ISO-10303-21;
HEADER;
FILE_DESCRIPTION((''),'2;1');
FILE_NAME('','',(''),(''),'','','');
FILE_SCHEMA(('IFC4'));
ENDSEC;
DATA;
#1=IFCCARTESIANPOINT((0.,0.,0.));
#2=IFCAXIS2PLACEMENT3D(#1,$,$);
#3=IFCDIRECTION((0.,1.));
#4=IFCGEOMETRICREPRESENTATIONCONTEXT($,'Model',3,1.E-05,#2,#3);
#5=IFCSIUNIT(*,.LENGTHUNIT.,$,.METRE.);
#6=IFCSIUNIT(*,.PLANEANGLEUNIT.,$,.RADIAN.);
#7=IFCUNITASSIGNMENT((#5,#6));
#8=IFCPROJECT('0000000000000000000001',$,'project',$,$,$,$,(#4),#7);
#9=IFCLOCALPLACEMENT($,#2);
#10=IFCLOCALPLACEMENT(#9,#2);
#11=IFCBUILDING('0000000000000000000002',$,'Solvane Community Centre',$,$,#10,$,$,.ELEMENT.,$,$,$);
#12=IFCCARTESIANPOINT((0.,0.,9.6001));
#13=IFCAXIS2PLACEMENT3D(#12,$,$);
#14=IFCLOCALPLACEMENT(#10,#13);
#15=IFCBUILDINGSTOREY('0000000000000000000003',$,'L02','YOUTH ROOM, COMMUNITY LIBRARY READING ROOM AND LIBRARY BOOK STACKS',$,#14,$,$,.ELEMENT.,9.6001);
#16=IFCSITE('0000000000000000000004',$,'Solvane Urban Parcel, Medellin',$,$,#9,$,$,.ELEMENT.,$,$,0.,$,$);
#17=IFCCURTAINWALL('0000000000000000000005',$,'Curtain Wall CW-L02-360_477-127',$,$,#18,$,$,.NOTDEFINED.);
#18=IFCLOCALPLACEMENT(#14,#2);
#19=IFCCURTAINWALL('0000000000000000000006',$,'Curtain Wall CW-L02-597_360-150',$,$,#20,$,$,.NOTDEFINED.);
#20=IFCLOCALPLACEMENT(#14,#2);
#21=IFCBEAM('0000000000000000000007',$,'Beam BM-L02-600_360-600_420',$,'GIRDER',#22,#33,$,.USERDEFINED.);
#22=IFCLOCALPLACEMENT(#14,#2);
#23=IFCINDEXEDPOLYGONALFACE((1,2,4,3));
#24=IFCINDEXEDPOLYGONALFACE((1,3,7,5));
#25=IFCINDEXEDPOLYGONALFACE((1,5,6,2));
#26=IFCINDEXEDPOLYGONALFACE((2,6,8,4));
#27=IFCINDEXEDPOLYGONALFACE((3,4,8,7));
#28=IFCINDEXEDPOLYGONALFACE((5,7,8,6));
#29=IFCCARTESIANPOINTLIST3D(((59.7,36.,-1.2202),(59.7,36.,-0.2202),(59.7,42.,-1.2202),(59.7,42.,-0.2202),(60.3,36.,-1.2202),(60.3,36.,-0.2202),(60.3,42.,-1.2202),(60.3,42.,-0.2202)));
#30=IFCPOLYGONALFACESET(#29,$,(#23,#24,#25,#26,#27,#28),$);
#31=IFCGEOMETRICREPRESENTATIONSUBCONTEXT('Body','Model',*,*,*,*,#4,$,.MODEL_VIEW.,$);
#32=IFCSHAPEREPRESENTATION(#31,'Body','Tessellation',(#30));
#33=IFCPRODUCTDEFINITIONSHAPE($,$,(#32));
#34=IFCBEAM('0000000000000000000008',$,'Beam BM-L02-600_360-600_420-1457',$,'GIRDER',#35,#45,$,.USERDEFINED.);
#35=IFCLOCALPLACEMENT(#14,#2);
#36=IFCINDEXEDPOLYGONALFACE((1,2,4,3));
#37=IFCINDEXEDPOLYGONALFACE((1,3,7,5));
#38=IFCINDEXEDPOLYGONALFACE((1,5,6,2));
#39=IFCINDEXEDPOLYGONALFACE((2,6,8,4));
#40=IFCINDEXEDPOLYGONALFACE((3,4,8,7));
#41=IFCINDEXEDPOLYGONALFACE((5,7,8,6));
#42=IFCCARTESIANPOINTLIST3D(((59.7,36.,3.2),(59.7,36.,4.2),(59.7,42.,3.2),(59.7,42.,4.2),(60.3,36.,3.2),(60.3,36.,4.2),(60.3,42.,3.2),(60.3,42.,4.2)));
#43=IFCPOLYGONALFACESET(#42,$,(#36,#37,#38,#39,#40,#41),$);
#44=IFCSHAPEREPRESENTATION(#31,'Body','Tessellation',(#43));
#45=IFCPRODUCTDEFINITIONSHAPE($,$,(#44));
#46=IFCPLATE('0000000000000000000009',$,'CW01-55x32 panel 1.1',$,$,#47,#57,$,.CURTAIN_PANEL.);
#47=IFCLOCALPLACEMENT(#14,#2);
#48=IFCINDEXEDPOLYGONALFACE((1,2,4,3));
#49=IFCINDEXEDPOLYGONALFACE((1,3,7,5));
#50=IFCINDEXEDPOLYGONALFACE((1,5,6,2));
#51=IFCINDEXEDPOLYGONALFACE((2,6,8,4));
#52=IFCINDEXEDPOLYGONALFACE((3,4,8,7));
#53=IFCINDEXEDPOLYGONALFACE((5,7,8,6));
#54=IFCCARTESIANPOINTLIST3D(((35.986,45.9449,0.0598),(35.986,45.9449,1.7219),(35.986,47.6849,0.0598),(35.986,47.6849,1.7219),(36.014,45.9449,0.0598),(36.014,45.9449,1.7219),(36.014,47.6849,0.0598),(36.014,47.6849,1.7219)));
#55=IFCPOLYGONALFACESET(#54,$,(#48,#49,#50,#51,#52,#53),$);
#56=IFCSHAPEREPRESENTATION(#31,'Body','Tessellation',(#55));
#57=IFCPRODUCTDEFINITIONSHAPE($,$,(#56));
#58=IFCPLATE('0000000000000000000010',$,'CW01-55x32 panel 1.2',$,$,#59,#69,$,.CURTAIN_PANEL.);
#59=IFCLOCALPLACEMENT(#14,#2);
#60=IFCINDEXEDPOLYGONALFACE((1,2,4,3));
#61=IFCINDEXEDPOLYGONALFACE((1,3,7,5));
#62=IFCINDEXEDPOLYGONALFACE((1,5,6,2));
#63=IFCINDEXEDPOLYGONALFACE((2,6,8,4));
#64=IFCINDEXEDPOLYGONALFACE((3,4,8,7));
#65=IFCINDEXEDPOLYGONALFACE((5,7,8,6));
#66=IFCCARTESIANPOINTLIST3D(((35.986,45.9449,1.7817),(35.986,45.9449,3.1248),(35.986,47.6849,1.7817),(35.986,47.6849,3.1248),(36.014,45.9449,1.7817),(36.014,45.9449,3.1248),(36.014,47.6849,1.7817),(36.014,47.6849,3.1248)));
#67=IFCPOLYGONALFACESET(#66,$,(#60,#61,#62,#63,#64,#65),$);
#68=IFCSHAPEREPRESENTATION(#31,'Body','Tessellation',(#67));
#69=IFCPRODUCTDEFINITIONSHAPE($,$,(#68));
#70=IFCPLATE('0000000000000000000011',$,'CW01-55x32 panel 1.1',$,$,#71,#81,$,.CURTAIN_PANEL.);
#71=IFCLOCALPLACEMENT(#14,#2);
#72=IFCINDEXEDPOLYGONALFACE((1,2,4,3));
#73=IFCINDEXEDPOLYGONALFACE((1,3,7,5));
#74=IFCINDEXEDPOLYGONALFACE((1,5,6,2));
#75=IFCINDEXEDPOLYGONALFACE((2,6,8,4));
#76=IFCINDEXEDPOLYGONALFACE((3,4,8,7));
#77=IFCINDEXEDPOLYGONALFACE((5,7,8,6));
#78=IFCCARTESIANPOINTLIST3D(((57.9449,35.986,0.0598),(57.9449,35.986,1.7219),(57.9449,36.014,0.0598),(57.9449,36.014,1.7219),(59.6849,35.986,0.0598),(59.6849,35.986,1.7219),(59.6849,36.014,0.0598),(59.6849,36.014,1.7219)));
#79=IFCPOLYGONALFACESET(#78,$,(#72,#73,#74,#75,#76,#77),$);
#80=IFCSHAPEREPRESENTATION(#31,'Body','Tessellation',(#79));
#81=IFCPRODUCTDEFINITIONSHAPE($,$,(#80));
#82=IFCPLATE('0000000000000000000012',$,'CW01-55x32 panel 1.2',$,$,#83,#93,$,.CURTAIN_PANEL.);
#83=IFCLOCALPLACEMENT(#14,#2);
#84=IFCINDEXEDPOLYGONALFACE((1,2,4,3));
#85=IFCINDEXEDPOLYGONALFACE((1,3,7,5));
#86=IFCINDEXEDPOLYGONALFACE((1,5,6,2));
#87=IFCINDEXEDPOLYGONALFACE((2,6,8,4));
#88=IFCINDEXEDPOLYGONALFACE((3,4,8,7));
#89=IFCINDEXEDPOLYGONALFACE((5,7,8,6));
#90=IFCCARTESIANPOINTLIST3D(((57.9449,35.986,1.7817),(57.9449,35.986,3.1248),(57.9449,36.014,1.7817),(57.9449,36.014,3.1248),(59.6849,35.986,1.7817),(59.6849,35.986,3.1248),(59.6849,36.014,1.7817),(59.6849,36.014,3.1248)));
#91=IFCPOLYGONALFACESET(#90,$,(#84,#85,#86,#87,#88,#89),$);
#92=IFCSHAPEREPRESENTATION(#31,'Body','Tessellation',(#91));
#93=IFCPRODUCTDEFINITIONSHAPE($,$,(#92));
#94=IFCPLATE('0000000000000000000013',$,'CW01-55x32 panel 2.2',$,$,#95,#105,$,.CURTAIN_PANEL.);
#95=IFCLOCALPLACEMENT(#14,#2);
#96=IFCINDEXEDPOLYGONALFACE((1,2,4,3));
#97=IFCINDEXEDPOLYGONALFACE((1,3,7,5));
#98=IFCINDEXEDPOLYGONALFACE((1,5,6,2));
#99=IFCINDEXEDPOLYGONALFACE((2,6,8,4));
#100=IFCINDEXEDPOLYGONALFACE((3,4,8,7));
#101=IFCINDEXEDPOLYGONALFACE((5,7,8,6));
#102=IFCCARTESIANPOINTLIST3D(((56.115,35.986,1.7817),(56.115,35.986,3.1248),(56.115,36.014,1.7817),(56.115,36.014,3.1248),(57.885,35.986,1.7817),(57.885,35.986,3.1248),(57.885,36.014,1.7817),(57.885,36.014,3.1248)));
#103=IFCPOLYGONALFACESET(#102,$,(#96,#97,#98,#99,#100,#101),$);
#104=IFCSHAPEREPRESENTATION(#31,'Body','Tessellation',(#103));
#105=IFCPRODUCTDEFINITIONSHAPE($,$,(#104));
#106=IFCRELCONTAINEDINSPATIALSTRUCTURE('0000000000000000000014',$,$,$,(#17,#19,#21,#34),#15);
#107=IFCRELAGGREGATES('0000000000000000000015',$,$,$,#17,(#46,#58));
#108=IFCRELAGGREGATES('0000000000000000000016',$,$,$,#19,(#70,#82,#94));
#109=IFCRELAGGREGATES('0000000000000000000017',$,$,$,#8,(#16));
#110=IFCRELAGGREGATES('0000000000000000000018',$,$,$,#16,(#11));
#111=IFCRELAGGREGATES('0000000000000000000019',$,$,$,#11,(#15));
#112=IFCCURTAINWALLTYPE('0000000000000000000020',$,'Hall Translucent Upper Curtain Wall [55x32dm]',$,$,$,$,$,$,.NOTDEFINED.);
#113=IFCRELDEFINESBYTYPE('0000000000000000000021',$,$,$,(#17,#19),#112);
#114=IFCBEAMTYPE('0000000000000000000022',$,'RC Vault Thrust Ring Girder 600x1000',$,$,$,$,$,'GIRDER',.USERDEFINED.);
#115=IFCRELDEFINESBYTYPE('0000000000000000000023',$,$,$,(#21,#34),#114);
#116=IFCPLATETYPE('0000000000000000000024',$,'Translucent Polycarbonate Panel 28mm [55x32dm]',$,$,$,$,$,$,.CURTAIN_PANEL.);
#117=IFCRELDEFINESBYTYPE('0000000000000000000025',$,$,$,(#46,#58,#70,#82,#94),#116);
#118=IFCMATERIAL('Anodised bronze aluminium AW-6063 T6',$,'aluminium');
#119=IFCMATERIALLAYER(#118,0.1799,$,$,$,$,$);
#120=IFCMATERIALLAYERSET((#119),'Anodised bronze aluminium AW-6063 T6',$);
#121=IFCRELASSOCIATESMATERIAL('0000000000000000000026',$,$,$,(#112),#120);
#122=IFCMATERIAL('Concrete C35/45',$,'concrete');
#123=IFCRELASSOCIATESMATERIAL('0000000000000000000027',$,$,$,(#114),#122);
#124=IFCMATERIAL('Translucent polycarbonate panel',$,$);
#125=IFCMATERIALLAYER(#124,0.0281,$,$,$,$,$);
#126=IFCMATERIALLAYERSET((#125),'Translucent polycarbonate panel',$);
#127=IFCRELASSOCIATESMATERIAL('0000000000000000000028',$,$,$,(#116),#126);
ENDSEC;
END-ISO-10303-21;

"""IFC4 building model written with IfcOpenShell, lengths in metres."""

from ifc_helpers import new_model, si_unit, direction, frame, origin, origin_2d, place, context, subcontext, project, spatial, rectangle, extrude, material, layer, layer_set, material_profile, profile_set, type_object, element, aggregate, save


model = new_model("IFC4")

# Units and contexts
model_context = context("Model", 3, precision=1e-05, world=origin(), true_north=direction((0.0, 1.0)))
body_context = subcontext(model_context, "Body", "Model", "MODEL_VIEW")
ifc_project = project(units=[si_unit("LENGTHUNIT", "METRE"), si_unit("PLANEANGLEUNIT", "RADIAN")], contexts=[model_context])

# Site, building, storey
site_placement = place(None, origin())
site = spatial("IfcSite", under=ifc_project, at=site_placement, Name="Solvane Urban Parcel, Medellin", CompositionType="ELEMENT", RefElevation=0.0)
building_placement = place(site_placement, origin())
building = spatial("IfcBuilding", under=site, at=building_placement, Name="Solvane Community Centre", CompositionType="ELEMENT")
storey_placement = place(building_placement, frame((0.0, 0.0, 9.6001)))
storey = spatial("IfcBuildingStorey", under=building, at=storey_placement, Name="L02", Description="YOUTH ROOM, COMMUNITY LIBRARY READING ROOM AND LIBRARY BOOK STACKS", CompositionType="ELEMENT", Elevation=9.6001)

# Curtain wall
ifc_material_1 = material(Name="Anodised bronze aluminium AW-6063 T6", Category="aluminium")
ifc_layer_1 = layer(ifc_material_1, 0.1799)
ifc_layer_set_1 = layer_set([ifc_layer_1], Name="Anodised bronze aluminium AW-6063 T6")
curtain_wall_type = type_object("IfcCurtainWallType", Name="Hall Translucent Upper Curtain Wall [55x32dm]", PredefinedType="NOTDEFINED", material=ifc_layer_set_1)
curtain_wall_1_placement = place(storey_placement, origin())
curtain_wall_1 = element("IfcCurtainWall", 1, at=curtain_wall_1_placement, inside=storey, type_object=curtain_wall_type, Name="Curtain Wall CW-L02-360_477-127", PredefinedType="NOTDEFINED")

# Curtain wall
curtain_wall_2_placement = place(storey_placement, origin())
curtain_wall_2 = element("IfcCurtainWall", 2, at=curtain_wall_2_placement, inside=storey, type_object=curtain_wall_type, Name="Curtain Wall CW-L02-597_360-150", PredefinedType="NOTDEFINED")

# Beams
ifc_material_2 = material(Name="Concrete C35/45", Category="concrete")
ifc_material_profile_1 = material_profile(ifc_material_2, rectangle(XDim=0.6001, YDim=1.0, at=origin_2d()), Name="RC 600x1000")
ifc_profile_set_1 = profile_set([ifc_material_profile_1], Name="Concrete C35/45")
beam_type_1 = type_object("IfcBeamType", Name="RC Vault Thrust Ring Girder 600x1000", ElementType="GIRDER", PredefinedType="USERDEFINED", material=ifc_profile_set_1)
for number, where, z_axis, x_axis, name in (
    (3, (60.0, 36.0, -0.7202), (0.0, 1.0, 0.0), (-1.0, 0.0, 0.0), "Beam BM-L02-600_360-600_420"),
    (4, (60.0, 36.0, 3.7), (0.0, 1.0, 0.0), (-1.0, 0.0, 0.0), "Beam BM-L02-600_360-600_420-1457"),
):
    element("IfcBeam", number, at=place(storey_placement, frame(where, z_axis=z_axis, x_axis=x_axis)), inside=storey, type_object=beam_type_1, Name=name, ObjectType="GIRDER", PredefinedType="USERDEFINED", context=body_context, shape_type="SweptSolid", body=[
        extrude(rectangle(XDim=0.6001, YDim=1.0, at=origin_2d()), origin(), (0.0, 0.0, 1.0), 6.0),
    ])

# Plates
ifc_material_3 = material(Name="Translucent polycarbonate panel")
ifc_layer_2 = layer(ifc_material_3, 0.0281)
ifc_layer_set_2 = layer_set([ifc_layer_2], Name="Translucent polycarbonate panel")
plate_type = type_object("IfcPlateType", Name="Translucent Polycarbonate Panel 28mm [55x32dm]", PredefinedType="CURTAIN_PANEL", material=ifc_layer_set_2)
plate_1_placement = place(storey_placement, frame((36.0, 46.8149, 0.0598), z_axis=(0.0, 0.0, 1.0), x_axis=(0.0, -1.0, 0.0)))
plate_1 = element("IfcPlate", 5, at=plate_1_placement, type_object=plate_type, Name="CW01-55x32 panel 1.1", PredefinedType="CURTAIN_PANEL", context=body_context, shape_type="SweptSolid", body=[
    extrude(rectangle(XDim=1.74, YDim=0.0281, at=origin_2d()), origin(), (0.0, 0.0, 1.0), 1.6621),
])
plate_2_placement = place(storey_placement, frame((36.0, 46.8149, 1.7817), z_axis=(0.0, 0.0, 1.0), x_axis=(0.0, -1.0, 0.0)))
plate_2 = element("IfcPlate", 6, at=plate_2_placement, type_object=plate_type, Name="CW01-55x32 panel 1.2", PredefinedType="CURTAIN_PANEL", context=body_context, shape_type="SweptSolid", body=[
    extrude(rectangle(XDim=1.74, YDim=0.0281, at=origin_2d()), origin(), (0.0, 0.0, 1.0), 1.343),
])
aggregate(curtain_wall_1, [plate_1, plate_2])
plate_3_placement = place(storey_placement, frame((58.8149, 36.0, 0.0598), z_axis=(0.0, 0.0, 1.0), x_axis=(-1.0, 0.0, 0.0)))
plate_3 = element("IfcPlate", 7, at=plate_3_placement, type_object=plate_type, Name="CW01-55x32 panel 1.1", PredefinedType="CURTAIN_PANEL", context=body_context, shape_type="SweptSolid", body=[
    extrude(rectangle(XDim=1.74, YDim=0.0281, at=origin_2d()), origin(), (0.0, 0.0, 1.0), 1.6621),
])
plate_4_placement = place(storey_placement, frame((58.8149, 36.0, 1.7817), z_axis=(0.0, 0.0, 1.0), x_axis=(-1.0, 0.0, 0.0)))
plate_4 = element("IfcPlate", 8, at=plate_4_placement, type_object=plate_type, Name="CW01-55x32 panel 1.2", PredefinedType="CURTAIN_PANEL", context=body_context, shape_type="SweptSolid", body=[
    extrude(rectangle(XDim=1.74, YDim=0.0281, at=origin_2d()), origin(), (0.0, 0.0, 1.0), 1.343),
])
plate_5_placement = place(storey_placement, frame((57.0, 36.0, 1.7817), z_axis=(0.0, 0.0, 1.0), x_axis=(-1.0, 0.0, 0.0)))
plate_5 = element("IfcPlate", 9, at=plate_5_placement, type_object=plate_type, Name="CW01-55x32 panel 2.2", PredefinedType="CURTAIN_PANEL", context=body_context, shape_type="SweptSolid", body=[
    extrude(rectangle(XDim=1.77, YDim=0.0281, at=origin_2d()), origin(), (0.0, 0.0, 1.0), 1.343),
])
aggregate(curtain_wall_2, [plate_3, plate_4, plate_5])

save(model, "model.ifc")
